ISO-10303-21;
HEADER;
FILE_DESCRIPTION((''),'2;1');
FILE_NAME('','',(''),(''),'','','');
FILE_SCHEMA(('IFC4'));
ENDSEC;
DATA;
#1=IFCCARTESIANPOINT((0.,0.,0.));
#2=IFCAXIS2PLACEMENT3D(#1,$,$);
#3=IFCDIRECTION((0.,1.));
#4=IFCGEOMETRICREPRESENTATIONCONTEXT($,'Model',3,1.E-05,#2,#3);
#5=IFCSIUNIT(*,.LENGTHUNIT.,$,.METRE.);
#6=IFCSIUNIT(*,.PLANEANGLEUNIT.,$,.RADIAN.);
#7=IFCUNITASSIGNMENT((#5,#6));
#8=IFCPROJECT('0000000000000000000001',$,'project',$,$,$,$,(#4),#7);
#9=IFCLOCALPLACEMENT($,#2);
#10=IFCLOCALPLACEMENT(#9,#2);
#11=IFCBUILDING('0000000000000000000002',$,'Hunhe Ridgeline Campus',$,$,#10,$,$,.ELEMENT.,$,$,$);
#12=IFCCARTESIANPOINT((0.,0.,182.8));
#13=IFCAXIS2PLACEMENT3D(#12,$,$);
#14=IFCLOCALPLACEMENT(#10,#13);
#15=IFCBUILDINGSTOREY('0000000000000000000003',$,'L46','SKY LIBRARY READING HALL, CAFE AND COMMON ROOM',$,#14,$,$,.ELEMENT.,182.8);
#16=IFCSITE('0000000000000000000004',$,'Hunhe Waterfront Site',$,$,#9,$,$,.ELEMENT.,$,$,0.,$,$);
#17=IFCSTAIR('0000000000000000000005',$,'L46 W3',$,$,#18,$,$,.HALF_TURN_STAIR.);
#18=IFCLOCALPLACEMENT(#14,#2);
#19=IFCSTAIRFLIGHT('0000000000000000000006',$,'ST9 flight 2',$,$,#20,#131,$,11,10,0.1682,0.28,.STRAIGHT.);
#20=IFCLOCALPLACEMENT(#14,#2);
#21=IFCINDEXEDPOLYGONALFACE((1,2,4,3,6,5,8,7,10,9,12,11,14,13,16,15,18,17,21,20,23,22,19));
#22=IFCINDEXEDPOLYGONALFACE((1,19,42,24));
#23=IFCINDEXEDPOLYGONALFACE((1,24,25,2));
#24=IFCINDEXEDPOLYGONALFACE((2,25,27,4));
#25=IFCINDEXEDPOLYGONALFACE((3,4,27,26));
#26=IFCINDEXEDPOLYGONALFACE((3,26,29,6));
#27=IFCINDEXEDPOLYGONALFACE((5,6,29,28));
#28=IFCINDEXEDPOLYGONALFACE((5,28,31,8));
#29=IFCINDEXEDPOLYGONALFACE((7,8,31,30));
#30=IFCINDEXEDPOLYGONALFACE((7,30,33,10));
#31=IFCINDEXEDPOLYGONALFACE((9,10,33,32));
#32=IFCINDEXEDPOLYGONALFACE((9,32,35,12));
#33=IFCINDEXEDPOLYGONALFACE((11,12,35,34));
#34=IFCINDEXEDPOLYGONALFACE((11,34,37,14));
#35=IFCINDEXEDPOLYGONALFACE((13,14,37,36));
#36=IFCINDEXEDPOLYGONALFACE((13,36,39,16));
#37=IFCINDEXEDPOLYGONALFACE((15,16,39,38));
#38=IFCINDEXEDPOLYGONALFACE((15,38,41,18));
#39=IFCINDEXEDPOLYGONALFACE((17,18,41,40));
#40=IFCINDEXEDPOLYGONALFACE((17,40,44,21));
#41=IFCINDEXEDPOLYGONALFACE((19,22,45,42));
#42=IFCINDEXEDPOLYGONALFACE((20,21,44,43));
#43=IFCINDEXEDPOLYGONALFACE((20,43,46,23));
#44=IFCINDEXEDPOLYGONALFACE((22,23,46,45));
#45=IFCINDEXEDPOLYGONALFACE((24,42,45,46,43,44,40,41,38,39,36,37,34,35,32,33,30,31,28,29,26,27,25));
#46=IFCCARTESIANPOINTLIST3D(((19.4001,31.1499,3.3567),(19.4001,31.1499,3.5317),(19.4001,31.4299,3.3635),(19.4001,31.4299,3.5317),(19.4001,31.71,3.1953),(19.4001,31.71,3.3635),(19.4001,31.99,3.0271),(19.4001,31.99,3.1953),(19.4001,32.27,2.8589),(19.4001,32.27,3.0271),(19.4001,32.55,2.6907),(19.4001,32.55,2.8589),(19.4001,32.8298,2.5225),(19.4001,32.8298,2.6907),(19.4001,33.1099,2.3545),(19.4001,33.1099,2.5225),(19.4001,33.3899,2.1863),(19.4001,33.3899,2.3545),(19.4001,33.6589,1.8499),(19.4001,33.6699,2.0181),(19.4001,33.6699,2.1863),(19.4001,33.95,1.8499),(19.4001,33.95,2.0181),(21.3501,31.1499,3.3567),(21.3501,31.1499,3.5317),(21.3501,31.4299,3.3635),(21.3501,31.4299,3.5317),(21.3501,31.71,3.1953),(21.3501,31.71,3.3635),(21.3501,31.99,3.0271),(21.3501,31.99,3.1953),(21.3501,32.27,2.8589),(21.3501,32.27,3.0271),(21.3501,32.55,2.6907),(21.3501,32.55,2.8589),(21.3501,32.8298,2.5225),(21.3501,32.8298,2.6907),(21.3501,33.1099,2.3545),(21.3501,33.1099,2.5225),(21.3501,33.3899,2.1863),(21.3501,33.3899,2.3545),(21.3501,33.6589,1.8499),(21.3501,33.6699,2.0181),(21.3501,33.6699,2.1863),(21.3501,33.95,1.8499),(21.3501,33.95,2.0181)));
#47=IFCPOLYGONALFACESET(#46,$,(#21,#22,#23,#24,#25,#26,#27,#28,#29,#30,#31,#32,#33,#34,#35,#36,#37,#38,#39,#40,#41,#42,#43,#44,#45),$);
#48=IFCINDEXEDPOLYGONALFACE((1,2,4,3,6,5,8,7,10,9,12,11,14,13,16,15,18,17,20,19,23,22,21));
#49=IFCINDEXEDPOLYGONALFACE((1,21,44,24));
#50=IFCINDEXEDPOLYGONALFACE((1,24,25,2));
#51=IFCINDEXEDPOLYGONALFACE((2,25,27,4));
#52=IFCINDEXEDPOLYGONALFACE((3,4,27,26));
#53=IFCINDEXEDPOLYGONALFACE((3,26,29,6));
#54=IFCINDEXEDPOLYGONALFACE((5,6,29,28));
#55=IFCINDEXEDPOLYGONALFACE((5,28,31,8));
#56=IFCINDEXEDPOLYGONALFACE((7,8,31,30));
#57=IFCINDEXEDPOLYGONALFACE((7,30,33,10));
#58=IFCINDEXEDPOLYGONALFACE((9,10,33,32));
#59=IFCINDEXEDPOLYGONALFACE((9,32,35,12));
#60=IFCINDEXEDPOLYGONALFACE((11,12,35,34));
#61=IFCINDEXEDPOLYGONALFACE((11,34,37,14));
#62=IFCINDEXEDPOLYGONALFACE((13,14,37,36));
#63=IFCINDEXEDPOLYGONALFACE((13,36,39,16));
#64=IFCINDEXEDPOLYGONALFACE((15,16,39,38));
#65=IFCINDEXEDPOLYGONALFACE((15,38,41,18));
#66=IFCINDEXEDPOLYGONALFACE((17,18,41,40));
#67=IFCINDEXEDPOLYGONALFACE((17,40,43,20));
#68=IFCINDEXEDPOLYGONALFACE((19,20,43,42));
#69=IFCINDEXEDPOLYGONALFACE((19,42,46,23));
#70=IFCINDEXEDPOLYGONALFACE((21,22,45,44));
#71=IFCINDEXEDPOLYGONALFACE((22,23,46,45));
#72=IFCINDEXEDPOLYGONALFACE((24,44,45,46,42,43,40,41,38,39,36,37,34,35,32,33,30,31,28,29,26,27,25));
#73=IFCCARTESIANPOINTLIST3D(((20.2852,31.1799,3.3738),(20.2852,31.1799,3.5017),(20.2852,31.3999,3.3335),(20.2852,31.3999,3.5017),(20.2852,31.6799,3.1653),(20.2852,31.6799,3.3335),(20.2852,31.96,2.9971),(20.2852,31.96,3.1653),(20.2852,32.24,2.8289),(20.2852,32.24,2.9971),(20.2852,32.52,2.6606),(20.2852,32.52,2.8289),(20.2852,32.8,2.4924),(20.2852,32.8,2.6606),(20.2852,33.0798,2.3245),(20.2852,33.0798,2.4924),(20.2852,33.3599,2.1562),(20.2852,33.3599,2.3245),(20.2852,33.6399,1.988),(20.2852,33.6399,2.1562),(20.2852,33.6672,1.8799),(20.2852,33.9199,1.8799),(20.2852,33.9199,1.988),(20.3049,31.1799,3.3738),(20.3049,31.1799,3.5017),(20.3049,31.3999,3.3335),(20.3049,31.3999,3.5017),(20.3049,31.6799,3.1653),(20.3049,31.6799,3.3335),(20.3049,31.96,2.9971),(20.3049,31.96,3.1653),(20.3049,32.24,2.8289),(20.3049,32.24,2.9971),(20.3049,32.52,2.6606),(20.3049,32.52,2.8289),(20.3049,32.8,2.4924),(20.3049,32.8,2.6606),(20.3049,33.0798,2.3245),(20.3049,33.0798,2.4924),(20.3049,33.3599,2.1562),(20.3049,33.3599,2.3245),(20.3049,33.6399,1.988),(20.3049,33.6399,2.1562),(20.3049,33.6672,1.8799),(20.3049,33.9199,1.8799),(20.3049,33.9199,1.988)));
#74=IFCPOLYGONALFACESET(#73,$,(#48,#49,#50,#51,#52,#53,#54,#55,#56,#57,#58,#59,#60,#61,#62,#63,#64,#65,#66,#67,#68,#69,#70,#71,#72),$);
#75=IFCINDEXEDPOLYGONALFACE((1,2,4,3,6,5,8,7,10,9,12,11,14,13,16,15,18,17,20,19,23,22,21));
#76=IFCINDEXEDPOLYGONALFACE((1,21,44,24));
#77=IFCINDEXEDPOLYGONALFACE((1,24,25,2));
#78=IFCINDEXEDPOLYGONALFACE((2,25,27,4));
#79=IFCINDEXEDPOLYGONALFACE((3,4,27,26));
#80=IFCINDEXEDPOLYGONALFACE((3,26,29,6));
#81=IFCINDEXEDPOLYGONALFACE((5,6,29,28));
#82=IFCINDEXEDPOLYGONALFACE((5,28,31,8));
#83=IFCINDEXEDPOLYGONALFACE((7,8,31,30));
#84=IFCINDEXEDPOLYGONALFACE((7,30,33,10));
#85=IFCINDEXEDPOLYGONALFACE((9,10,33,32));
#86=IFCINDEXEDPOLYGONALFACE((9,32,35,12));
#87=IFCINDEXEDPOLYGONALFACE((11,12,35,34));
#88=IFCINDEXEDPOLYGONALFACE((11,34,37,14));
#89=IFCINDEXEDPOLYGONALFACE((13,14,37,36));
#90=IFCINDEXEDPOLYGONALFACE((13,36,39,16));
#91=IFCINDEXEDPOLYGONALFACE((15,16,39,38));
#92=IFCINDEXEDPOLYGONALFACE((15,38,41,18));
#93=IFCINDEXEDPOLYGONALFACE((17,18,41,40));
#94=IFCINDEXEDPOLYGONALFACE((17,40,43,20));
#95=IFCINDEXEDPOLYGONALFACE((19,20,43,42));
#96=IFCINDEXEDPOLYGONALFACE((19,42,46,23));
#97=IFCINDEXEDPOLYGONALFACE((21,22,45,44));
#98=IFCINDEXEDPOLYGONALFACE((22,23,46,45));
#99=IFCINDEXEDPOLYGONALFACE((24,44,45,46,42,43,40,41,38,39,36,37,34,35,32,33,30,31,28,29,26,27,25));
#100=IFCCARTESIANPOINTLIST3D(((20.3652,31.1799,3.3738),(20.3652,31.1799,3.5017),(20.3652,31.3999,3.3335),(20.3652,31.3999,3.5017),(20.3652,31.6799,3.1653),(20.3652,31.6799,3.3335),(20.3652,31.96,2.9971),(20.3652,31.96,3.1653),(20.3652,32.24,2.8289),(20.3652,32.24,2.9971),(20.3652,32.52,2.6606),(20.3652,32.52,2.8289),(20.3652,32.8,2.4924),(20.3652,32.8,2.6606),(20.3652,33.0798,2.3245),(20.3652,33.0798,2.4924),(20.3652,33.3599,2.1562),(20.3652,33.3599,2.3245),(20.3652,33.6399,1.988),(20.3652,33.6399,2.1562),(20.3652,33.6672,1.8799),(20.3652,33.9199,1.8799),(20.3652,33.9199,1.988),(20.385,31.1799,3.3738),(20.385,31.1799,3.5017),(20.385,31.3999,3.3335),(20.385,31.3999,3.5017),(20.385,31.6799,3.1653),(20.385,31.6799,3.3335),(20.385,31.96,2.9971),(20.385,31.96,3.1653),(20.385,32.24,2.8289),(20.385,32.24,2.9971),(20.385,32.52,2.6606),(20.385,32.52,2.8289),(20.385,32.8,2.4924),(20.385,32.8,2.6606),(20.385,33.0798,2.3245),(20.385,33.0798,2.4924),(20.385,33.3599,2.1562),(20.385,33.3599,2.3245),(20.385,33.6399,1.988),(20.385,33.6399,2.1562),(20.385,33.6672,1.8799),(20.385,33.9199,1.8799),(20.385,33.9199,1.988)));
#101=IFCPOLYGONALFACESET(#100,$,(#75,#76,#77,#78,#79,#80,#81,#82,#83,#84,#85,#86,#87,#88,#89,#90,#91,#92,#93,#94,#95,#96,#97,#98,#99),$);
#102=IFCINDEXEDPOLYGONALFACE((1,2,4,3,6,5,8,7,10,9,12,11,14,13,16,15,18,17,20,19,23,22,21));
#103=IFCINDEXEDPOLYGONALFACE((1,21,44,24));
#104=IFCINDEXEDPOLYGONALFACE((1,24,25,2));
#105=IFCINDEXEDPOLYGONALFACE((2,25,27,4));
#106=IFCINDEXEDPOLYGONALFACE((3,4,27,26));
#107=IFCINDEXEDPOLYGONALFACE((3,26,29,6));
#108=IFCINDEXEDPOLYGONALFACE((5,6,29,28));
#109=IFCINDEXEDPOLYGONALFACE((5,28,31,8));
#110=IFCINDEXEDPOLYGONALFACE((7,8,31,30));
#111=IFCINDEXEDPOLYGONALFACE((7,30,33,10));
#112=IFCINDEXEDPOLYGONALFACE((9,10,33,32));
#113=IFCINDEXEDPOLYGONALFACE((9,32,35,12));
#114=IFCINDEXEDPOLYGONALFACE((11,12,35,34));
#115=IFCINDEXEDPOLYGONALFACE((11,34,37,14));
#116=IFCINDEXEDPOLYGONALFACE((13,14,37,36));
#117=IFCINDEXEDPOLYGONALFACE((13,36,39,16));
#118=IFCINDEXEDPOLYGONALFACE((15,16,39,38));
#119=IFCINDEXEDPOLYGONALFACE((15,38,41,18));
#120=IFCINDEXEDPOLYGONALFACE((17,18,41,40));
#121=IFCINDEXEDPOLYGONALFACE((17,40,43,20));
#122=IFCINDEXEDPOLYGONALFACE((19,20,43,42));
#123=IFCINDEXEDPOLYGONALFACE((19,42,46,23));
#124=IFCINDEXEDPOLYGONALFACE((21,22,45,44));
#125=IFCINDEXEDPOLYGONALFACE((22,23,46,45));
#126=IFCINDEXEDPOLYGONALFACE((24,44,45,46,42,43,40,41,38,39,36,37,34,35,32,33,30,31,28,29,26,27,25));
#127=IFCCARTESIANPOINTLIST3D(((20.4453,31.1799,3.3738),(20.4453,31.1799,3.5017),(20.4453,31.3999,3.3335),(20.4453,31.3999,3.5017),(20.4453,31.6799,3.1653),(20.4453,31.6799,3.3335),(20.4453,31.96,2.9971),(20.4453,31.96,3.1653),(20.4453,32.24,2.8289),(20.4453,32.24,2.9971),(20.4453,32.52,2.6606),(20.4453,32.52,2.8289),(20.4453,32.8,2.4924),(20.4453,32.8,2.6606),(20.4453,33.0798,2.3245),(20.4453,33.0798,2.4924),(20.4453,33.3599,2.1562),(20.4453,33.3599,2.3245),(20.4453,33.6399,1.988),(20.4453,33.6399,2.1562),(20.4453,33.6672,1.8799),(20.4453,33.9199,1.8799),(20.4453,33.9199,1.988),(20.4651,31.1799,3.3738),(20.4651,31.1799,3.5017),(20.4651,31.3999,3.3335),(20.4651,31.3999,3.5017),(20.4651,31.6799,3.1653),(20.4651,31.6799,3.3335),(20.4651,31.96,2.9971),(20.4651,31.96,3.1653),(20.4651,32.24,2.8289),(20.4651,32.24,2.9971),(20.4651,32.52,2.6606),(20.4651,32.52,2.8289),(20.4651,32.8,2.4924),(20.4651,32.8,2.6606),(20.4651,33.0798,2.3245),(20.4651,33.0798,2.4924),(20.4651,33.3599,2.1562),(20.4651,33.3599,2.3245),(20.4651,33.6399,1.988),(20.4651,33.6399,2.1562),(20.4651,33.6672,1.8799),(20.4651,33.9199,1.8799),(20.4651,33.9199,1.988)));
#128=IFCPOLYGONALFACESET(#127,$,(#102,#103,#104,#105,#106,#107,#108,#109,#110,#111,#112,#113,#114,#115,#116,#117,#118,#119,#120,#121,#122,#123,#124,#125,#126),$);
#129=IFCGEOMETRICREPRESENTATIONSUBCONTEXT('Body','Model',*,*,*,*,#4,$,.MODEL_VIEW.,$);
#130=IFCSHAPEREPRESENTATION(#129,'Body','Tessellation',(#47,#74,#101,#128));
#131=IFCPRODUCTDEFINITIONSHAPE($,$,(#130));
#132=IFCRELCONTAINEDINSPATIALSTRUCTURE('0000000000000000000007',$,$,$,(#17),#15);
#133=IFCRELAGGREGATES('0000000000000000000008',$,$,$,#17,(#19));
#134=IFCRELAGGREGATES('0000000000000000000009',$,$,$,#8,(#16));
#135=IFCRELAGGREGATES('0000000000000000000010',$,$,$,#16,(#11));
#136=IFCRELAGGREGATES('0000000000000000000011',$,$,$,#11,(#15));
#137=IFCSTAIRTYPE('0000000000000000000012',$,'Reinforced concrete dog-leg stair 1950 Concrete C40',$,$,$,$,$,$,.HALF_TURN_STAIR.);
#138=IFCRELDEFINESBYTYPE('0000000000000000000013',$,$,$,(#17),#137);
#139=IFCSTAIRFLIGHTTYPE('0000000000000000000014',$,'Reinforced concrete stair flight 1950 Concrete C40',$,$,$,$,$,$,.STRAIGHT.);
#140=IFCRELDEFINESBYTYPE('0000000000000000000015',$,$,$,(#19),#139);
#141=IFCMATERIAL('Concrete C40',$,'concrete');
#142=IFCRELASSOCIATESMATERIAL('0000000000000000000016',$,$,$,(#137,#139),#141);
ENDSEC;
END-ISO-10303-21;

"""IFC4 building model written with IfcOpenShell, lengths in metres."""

from ifc_helpers import new_model, si_unit, direction, frame, origin, place, context, subcontext, project, spatial, polyline, outline, extrude, material, type_object, element, aggregate, save


model = new_model("IFC4")

# Units and contexts
model_context = context("Model", 3, precision=1e-05, world=origin(), true_north=direction((0.0, 1.0)))
body_context = subcontext(model_context, "Body", "Model", "MODEL_VIEW")
ifc_project = project(units=[si_unit("LENGTHUNIT", "METRE"), si_unit("PLANEANGLEUNIT", "RADIAN")], contexts=[model_context])

# Site, building, storey
site_placement = place(None, origin())
site = spatial("IfcSite", under=ifc_project, at=site_placement, Name="Hunhe Waterfront Site", CompositionType="ELEMENT", RefElevation=0.0)
building_placement = place(site_placement, origin())
building = spatial("IfcBuilding", under=site, at=building_placement, Name="Hunhe Ridgeline Campus", CompositionType="ELEMENT")
storey_placement = place(building_placement, frame((0.0, 0.0, 182.8)))
storey = spatial("IfcBuildingStorey", under=building, at=storey_placement, Name="L46", Description="SKY LIBRARY READING HALL, CAFE AND COMMON ROOM", CompositionType="ELEMENT", Elevation=182.8)

# Stair, stair flight
ifc_material_1 = material(Name="Concrete C40", Category="concrete")
stair_type = type_object("IfcStairType", Name="Reinforced concrete dog-leg stair 1950 Concrete C40", PredefinedType="HALF_TURN_STAIR", material=ifc_material_1)
stair_placement = place(storey_placement, origin())
stair = element("IfcStair", 1, at=stair_placement, inside=storey, type_object=stair_type, Name="L46 W3", PredefinedType="HALF_TURN_STAIR")
stair_flight_type = type_object("IfcStairFlightType", Name="Reinforced concrete stair flight 1950 Concrete C40", PredefinedType="STRAIGHT", material=ifc_material_1)
stair_flight_1_placement = place(storey_placement, frame((20.375, 33.95, 1.8499), z_axis=(0.0, 0.0, 1.0), x_axis=(0.0, -1.0, 0.0)))
stair_flight_1 = element("IfcStairFlight", 2, at=stair_flight_1_placement, type_object=stair_flight_type, Name="ST9 flight 2", NumberOfRisers=11, NumberOfTreads=10, PredefinedType="STRAIGHT", RiserHeight=0.1682, TreadLength=0.28, context=body_context, shape_type="SweptSolid", body=[
    extrude(outline(polyline([(0.0, 0.0), (0.0, 0.1682), (0.28, 0.1682), (0.28, 0.3364), (0.5601, 0.3364), (0.5601, 0.5046), (0.8401, 0.5046), (0.8401, 0.6726), (1.1201, 0.6726), (1.1201, 0.8408), (1.3999, 0.8408), (1.3999, 1.009), (1.6799, 1.009), (1.6799, 1.1772), (1.96, 1.1772), (1.96, 1.3455), (2.24, 1.3455), (2.24, 1.5137), (2.52, 1.5137), (2.52, 1.6819), (2.8, 1.6819), (2.8, 1.8501), (2.8, 1.5068), (0.291, 0.0), (0.0, 0.0)])), frame((0.0, 0.9751, 0.0), z_axis=(0.0, -1.0, 0.0), x_axis=(1.0, 0.0, 0.0)), (0.0, 0.0, 1.0), 1.95),
    extrude(outline(polyline([(0.03, 0.03), (0.03, 0.1382), (0.3101, 0.1382), (0.3101, 0.3064), (0.5901, 0.3064), (0.5901, 0.4746), (0.8701, 0.4746), (0.8701, 0.6426), (1.1499, 0.6426), (1.1499, 0.8108), (1.4299, 0.8108), (1.4299, 0.979), (1.71, 0.979), (1.71, 1.1472), (1.99, 1.1472), (1.99, 1.3154), (2.27, 1.3154), (2.27, 1.4836), (2.55, 1.4836), (2.55, 1.6519), (2.77, 1.6519), (2.77, 1.5239), (0.2827, 0.03), (0.03, 0.03)])), frame((0.0, -0.0701, 0.0), z_axis=(0.0, -1.0, 0.0), x_axis=(1.0, 0.0, 0.0)), (0.0, 0.0, 1.0), 0.0198),
    extrude(outline(polyline([(0.03, 0.03), (0.03, 0.1382), (0.3101, 0.1382), (0.3101, 0.3064), (0.5901, 0.3064), (0.5901, 0.4746), (0.8701, 0.4746), (0.8701, 0.6426), (1.1499, 0.6426), (1.1499, 0.8108), (1.4299, 0.8108), (1.4299, 0.979), (1.71, 0.979), (1.71, 1.1472), (1.99, 1.1472), (1.99, 1.3154), (2.27, 1.3154), (2.27, 1.4836), (2.55, 1.4836), (2.55, 1.6519), (2.77, 1.6519), (2.77, 1.5239), (0.2827, 0.03), (0.03, 0.03)])), frame((0.0, 0.01, 0.0), z_axis=(0.0, -1.0, 0.0), x_axis=(1.0, 0.0, 0.0)), (0.0, 0.0, 1.0), 0.0198),
    extrude(outline(polyline([(0.03, 0.03), (0.03, 0.1382), (0.3101, 0.1382), (0.3101, 0.3064), (0.5901, 0.3064), (0.5901, 0.4746), (0.8701, 0.4746), (0.8701, 0.6426), (1.1499, 0.6426), (1.1499, 0.8108), (1.4299, 0.8108), (1.4299, 0.979), (1.71, 0.979), (1.71, 1.1472), (1.99, 1.1472), (1.99, 1.3154), (2.27, 1.3154), (2.27, 1.4836), (2.55, 1.4836), (2.55, 1.6519), (2.77, 1.6519), (2.77, 1.5239), (0.2827, 0.03), (0.03, 0.03)])), frame((0.0, 0.0901, 0.0), z_axis=(0.0, -1.0, 0.0), x_axis=(1.0, 0.0, 0.0)), (0.0, 0.0, 1.0), 0.0198),
])
aggregate(stair, [stair_flight_1])

save(model, "model.ifc")
